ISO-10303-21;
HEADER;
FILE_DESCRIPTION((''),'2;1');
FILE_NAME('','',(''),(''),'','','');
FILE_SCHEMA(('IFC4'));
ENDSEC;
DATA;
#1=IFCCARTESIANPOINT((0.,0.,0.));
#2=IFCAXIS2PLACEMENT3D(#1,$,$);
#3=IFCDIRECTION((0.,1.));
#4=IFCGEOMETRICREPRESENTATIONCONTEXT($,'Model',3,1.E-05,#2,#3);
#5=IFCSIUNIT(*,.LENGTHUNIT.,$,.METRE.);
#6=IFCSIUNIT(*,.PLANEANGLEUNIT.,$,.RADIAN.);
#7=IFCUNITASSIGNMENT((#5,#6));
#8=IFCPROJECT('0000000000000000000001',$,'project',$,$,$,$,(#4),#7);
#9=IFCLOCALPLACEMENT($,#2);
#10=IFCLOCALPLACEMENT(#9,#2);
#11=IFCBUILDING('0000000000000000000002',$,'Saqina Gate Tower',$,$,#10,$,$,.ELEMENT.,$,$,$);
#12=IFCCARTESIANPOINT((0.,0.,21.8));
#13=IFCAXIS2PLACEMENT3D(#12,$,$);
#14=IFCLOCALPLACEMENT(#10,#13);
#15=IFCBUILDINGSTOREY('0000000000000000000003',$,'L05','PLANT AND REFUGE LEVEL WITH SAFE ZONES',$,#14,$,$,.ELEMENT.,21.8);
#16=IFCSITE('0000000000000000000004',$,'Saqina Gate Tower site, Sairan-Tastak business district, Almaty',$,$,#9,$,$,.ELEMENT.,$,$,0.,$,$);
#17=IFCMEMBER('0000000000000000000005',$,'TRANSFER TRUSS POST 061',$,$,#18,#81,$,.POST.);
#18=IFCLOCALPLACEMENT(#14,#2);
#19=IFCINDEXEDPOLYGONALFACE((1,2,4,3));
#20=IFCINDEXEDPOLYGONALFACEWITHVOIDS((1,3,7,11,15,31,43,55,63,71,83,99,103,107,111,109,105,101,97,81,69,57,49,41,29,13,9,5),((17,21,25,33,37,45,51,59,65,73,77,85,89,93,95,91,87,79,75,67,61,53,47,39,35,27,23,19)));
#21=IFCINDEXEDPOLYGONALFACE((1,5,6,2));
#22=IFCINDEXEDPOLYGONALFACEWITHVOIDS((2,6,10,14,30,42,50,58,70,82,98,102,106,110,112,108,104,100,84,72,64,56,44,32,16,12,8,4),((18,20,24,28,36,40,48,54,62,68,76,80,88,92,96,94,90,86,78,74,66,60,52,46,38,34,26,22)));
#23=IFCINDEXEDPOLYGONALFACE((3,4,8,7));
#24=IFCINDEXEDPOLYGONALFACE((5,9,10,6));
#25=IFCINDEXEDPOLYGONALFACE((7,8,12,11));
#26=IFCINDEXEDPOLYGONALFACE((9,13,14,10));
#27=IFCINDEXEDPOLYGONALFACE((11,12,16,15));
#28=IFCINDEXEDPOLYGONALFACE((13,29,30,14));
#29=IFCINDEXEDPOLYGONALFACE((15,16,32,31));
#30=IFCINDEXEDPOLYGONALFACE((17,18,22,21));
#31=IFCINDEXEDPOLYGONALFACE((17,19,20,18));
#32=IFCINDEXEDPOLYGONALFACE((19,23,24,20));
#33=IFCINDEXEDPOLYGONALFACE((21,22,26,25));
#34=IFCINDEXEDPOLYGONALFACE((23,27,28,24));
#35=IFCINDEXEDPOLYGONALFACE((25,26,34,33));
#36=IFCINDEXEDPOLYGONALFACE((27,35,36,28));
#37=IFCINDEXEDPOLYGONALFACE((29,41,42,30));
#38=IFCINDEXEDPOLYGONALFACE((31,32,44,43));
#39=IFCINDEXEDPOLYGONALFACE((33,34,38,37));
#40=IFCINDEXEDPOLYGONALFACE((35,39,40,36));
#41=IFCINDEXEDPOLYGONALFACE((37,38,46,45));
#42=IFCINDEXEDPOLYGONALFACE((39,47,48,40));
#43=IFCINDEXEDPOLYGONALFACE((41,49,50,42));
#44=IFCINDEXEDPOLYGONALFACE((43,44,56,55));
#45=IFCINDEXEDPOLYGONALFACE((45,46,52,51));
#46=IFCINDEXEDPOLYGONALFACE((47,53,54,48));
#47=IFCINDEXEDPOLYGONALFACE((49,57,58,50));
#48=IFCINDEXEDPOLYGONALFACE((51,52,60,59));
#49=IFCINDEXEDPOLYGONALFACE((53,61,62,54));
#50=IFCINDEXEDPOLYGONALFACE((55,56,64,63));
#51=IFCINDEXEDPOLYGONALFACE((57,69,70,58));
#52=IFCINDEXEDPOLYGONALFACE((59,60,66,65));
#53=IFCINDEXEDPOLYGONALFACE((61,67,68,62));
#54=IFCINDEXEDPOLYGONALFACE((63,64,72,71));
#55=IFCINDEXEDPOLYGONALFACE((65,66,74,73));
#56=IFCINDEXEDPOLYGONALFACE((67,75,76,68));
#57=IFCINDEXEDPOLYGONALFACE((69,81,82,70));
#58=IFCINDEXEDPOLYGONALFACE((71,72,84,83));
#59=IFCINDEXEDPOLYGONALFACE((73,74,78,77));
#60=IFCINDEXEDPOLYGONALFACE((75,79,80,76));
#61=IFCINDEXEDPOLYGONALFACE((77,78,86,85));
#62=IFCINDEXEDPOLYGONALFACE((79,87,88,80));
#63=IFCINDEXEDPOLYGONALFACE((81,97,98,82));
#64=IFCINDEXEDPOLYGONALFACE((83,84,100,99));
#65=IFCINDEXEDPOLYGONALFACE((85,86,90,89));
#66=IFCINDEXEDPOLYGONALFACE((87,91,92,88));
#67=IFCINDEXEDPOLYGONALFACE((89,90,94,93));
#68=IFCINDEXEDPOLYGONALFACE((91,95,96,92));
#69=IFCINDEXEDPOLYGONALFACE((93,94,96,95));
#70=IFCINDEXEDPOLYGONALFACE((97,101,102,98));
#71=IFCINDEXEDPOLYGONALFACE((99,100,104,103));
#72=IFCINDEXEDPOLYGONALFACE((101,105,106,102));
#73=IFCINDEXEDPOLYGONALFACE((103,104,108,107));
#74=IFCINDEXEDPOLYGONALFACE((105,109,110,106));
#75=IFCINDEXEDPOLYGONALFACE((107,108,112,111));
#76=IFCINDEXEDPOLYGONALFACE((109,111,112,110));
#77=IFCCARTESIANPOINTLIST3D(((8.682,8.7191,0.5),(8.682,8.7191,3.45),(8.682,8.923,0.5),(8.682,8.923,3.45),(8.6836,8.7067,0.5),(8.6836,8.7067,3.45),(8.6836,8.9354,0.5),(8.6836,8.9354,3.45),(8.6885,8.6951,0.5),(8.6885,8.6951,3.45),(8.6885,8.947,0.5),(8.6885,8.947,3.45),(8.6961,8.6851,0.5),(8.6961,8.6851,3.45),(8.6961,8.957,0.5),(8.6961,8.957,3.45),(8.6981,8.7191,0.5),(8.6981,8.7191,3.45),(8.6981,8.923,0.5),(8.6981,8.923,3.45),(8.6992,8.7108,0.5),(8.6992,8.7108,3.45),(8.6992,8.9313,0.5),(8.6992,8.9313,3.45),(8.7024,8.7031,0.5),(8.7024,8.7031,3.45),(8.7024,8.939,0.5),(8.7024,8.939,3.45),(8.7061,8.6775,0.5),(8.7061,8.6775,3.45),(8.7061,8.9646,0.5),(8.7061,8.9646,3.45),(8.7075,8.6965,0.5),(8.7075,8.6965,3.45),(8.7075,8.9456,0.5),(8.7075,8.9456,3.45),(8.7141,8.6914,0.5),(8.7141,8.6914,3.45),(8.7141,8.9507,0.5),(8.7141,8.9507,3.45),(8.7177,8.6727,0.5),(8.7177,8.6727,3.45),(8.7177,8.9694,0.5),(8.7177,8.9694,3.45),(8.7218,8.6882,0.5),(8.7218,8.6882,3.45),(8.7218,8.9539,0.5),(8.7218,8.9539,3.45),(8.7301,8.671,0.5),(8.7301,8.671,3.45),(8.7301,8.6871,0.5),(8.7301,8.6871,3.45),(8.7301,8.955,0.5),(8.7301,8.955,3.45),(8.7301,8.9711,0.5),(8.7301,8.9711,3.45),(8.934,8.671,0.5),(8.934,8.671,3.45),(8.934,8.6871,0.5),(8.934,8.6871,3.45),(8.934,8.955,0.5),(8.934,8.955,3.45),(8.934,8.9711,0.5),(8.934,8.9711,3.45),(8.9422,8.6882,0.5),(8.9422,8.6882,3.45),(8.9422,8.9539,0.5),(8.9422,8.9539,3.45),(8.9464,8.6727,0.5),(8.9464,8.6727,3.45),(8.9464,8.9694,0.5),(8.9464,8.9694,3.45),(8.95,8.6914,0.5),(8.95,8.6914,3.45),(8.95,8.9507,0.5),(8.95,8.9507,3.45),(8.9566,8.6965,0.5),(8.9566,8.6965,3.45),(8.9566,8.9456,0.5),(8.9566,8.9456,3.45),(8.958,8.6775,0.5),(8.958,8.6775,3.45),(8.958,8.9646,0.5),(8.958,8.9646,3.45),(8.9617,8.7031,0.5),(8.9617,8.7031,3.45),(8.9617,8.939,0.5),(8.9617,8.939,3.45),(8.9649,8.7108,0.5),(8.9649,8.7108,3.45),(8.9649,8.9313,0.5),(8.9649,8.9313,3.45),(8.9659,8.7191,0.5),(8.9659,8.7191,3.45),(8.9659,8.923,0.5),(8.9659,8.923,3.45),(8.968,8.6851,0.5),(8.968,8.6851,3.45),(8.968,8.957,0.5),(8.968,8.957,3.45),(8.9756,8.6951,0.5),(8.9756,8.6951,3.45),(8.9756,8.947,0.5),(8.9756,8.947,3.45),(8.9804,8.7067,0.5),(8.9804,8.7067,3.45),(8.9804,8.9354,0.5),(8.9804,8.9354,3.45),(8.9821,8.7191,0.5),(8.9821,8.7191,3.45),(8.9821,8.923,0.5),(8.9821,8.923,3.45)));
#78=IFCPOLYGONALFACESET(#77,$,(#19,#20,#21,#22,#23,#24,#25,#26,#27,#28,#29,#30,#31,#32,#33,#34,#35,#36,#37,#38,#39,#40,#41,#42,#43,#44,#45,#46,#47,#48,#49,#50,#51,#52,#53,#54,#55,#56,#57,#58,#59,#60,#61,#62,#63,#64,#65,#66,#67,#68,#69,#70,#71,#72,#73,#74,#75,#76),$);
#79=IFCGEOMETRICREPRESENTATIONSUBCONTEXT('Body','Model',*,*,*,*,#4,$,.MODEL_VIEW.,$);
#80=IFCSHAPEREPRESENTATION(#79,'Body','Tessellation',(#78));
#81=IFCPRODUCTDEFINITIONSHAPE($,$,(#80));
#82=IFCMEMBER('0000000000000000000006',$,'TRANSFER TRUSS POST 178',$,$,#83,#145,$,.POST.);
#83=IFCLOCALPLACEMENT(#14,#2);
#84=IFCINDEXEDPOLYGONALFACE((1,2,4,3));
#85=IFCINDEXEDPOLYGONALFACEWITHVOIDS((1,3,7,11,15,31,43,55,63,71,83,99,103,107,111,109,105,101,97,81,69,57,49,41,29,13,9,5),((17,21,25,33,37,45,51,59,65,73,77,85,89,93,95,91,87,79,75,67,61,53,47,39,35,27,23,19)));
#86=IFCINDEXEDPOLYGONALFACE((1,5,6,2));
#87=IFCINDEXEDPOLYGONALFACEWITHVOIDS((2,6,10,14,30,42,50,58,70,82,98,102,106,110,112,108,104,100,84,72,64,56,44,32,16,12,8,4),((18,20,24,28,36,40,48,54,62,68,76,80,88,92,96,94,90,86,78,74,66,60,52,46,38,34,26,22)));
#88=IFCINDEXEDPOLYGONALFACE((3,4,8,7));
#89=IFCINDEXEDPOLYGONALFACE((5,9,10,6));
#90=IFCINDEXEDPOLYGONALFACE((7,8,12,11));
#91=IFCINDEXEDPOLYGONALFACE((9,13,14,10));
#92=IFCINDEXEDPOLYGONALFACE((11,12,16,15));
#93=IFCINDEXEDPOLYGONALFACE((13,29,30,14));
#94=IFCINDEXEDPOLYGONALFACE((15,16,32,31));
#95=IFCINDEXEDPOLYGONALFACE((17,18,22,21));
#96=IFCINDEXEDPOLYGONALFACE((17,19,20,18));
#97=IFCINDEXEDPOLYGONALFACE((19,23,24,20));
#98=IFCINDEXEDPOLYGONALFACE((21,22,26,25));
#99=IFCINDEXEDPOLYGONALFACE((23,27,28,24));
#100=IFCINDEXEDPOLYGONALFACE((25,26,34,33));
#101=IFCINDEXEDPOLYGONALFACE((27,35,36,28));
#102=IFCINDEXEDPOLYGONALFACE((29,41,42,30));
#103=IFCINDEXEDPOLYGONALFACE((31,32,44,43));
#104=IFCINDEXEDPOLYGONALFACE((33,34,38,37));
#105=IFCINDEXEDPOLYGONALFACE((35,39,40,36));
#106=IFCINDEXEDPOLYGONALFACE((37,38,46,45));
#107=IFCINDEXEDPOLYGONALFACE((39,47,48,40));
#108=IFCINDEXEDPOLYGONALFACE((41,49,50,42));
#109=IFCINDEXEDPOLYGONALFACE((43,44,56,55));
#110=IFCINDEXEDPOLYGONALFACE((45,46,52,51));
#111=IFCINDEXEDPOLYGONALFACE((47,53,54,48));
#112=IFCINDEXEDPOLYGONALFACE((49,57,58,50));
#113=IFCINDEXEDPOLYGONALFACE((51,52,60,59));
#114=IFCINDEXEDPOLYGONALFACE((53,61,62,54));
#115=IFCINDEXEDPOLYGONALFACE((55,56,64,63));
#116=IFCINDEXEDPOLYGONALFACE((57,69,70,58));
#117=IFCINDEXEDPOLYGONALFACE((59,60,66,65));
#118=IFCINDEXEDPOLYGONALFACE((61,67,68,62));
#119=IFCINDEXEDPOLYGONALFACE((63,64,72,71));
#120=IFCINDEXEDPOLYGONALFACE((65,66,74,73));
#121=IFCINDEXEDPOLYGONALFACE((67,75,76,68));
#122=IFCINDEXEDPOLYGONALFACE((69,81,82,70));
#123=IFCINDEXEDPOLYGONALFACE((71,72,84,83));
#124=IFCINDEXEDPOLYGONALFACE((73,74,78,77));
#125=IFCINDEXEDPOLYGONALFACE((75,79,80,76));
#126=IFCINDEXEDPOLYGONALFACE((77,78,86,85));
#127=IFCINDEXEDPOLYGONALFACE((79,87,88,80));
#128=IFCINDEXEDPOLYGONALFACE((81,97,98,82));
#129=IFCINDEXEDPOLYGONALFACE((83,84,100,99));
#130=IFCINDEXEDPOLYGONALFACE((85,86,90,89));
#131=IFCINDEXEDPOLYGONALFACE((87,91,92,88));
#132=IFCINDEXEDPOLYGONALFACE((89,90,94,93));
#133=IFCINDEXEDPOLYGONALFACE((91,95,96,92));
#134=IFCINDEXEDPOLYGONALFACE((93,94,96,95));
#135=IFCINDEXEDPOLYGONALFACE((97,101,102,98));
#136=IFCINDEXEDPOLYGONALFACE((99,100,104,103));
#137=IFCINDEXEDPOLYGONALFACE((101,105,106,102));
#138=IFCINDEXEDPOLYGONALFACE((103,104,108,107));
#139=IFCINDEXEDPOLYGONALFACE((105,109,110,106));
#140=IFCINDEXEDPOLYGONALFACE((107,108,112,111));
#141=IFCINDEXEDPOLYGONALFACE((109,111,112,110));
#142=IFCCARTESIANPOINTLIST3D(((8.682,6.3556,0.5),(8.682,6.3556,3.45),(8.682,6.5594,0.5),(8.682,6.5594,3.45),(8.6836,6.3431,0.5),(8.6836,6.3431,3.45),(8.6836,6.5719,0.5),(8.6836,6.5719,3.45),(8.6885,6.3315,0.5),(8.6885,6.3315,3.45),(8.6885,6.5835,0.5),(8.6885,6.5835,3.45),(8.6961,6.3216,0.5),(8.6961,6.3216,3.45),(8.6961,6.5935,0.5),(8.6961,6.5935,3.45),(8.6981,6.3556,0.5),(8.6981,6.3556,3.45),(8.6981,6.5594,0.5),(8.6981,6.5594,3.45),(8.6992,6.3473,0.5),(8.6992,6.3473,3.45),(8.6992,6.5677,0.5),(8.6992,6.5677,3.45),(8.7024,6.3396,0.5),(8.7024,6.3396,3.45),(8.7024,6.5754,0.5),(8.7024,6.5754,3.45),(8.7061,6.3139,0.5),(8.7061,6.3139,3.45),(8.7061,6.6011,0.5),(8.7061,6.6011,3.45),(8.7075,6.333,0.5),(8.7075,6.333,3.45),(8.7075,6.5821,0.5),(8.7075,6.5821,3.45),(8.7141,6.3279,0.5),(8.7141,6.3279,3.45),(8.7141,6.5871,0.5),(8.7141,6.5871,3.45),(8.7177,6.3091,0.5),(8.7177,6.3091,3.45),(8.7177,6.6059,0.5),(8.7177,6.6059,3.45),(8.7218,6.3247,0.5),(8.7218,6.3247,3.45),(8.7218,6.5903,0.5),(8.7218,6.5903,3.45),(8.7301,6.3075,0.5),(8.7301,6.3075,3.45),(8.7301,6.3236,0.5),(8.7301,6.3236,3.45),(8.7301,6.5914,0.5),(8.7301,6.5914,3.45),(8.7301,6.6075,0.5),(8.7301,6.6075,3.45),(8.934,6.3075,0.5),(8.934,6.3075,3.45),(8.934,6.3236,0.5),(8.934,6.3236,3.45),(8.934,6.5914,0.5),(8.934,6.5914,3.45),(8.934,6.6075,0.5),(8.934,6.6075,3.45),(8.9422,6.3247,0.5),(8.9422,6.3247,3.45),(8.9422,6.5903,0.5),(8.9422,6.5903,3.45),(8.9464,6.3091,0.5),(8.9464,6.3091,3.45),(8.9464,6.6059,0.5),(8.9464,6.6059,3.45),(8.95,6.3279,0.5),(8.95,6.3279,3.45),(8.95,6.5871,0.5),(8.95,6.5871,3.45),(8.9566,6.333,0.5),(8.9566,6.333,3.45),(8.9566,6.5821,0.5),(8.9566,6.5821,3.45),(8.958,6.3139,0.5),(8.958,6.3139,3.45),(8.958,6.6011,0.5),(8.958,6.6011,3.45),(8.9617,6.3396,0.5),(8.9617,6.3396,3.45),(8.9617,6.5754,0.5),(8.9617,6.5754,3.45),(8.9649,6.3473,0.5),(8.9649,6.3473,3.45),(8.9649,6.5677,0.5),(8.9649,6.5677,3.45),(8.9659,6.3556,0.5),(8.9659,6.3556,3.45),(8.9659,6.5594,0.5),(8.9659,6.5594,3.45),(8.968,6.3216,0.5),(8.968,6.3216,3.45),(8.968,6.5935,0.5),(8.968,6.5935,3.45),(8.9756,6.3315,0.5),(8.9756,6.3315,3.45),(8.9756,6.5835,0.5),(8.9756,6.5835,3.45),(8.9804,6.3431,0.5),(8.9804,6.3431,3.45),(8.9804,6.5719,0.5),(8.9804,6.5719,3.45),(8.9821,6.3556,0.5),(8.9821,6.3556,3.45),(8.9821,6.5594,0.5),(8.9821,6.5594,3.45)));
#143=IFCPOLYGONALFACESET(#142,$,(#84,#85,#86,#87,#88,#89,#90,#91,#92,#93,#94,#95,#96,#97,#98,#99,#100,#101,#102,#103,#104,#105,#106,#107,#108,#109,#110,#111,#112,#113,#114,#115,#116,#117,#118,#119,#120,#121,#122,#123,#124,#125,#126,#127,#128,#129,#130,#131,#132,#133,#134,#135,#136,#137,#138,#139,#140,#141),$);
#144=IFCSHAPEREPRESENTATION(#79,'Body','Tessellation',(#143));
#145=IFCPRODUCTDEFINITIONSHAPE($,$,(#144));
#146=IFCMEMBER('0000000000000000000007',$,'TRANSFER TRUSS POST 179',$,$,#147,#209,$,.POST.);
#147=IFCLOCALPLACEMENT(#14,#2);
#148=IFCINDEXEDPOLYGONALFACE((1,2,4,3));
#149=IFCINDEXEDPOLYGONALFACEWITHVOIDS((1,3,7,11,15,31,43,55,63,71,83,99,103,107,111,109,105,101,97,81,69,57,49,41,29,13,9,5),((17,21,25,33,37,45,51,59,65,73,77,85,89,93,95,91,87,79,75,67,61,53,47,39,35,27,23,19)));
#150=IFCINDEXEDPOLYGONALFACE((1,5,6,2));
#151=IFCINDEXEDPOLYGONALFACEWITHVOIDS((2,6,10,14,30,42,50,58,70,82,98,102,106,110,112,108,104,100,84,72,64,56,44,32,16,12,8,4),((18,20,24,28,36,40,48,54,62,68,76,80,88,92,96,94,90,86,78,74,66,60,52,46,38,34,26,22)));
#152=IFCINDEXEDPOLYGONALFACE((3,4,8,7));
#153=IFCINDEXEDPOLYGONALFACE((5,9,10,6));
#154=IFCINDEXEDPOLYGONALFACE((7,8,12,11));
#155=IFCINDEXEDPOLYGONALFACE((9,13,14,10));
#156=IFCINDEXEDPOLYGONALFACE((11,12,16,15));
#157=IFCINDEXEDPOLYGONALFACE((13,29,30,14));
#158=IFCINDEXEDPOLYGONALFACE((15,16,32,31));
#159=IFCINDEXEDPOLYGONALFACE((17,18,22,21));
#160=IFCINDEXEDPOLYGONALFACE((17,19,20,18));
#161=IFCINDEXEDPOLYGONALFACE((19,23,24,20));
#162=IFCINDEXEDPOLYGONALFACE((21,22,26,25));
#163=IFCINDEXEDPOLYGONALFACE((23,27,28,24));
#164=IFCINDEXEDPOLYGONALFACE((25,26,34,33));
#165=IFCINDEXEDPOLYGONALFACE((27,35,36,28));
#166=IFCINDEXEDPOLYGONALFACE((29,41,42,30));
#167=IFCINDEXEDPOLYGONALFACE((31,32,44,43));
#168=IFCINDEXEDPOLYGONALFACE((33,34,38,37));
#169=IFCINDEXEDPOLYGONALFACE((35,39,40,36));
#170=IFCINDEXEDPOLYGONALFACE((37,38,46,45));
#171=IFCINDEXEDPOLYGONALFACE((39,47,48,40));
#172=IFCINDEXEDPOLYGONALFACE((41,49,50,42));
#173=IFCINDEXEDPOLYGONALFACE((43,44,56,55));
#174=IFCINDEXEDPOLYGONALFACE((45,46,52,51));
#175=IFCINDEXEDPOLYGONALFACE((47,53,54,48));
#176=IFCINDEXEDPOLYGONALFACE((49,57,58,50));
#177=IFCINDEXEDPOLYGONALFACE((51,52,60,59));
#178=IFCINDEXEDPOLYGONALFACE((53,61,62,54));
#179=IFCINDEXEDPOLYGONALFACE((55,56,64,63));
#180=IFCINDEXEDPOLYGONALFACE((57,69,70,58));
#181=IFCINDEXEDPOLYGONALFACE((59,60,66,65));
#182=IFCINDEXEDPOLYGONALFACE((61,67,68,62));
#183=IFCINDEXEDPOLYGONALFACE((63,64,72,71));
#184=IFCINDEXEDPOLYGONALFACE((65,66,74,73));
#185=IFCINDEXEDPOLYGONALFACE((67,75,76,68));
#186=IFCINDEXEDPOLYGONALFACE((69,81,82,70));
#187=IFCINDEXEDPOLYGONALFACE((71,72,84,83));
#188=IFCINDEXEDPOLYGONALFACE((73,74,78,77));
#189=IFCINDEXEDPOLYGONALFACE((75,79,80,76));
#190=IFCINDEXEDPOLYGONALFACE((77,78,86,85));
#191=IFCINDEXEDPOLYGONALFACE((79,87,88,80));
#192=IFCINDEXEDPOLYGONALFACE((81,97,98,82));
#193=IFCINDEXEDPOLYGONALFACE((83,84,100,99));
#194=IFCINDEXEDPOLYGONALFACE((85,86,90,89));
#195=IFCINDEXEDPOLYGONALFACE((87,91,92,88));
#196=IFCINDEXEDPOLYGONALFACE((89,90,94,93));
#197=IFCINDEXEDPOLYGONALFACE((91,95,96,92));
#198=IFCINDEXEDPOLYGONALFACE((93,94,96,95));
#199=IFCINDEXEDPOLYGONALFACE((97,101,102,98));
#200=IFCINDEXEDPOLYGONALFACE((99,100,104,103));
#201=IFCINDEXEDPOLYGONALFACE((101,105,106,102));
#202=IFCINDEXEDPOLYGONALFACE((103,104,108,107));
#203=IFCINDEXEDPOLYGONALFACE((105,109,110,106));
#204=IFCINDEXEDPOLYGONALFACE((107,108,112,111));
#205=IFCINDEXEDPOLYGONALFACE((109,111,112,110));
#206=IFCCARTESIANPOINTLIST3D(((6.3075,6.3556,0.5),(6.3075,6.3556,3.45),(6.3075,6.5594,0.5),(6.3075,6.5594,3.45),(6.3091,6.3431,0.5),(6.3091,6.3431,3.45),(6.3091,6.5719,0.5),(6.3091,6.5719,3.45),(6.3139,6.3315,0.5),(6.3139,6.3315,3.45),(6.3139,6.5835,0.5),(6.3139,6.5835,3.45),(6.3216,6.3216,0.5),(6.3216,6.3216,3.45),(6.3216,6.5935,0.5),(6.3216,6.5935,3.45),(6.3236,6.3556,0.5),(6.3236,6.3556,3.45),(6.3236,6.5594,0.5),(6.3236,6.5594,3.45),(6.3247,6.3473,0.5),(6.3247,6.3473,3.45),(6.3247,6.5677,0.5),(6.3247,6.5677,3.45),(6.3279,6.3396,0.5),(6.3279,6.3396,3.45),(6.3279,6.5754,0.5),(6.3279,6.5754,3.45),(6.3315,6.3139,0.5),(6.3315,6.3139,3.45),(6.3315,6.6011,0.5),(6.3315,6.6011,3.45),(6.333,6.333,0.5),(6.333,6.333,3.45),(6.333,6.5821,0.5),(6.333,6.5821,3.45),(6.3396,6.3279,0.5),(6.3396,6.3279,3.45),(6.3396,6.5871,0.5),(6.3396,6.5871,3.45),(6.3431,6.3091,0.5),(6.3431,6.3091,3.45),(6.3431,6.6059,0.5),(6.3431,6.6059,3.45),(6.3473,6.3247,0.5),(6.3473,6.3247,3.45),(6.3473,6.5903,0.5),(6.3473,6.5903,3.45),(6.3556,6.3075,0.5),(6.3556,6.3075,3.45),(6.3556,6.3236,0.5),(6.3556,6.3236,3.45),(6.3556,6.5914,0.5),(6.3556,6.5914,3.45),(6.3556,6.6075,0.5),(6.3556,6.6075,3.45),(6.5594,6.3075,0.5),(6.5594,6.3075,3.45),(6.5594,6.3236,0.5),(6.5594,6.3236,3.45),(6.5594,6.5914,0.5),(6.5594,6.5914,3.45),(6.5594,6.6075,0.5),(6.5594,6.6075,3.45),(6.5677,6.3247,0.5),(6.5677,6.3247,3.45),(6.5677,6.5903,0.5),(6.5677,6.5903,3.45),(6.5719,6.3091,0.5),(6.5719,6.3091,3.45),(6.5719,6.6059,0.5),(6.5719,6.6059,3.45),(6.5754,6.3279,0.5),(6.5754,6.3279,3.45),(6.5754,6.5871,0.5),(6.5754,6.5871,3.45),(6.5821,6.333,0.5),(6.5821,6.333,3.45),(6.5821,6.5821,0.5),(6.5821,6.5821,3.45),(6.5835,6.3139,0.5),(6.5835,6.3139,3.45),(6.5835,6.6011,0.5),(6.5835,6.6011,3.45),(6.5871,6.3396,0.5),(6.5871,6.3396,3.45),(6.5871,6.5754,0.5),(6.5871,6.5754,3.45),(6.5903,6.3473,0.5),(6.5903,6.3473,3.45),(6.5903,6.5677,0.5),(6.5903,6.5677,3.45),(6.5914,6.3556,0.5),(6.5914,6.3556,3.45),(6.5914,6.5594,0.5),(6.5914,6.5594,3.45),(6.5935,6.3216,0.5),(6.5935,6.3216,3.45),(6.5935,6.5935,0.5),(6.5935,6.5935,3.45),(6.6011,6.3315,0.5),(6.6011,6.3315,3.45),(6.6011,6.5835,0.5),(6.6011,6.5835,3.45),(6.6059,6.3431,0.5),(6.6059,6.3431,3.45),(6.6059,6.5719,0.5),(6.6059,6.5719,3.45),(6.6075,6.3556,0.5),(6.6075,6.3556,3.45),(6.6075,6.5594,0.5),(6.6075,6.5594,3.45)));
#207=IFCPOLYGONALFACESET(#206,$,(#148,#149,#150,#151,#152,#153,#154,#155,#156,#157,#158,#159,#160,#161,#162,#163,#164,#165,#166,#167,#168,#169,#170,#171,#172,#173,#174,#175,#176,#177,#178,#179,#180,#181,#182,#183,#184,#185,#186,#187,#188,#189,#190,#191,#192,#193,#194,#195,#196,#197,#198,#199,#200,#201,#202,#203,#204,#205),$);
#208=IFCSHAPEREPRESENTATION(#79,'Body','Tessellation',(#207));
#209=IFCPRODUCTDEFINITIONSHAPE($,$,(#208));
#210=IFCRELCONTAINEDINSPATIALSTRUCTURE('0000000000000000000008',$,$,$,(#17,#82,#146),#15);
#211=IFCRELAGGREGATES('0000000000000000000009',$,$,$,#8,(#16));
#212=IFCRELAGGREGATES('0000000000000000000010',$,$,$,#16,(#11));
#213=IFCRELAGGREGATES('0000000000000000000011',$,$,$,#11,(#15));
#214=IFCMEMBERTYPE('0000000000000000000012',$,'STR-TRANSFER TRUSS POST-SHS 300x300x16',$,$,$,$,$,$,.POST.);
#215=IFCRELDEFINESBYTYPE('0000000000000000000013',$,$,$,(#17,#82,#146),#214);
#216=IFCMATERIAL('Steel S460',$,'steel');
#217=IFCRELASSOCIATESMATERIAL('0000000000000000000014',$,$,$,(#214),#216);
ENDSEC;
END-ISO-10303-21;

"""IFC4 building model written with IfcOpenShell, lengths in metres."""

from ifc_helpers import new_model, si_unit, direction, frame, origin, origin_2d, place, context, subcontext, project, spatial, hollow_rectangle, extrude, material, material_profile, profile_set, type_object, element, save


model = new_model("IFC4")

# Units and contexts
model_context = context("Model", 3, precision=1e-05, world=origin(), true_north=direction((0.0, 1.0)))
body_context = subcontext(model_context, "Body", "Model", "MODEL_VIEW")
ifc_project = project(units=[si_unit("LENGTHUNIT", "METRE"), si_unit("PLANEANGLEUNIT", "RADIAN")], contexts=[model_context])

# Site, building, storey
site_placement = place(None, origin())
site = spatial("IfcSite", under=ifc_project, at=site_placement, Name="Saqina Gate Tower site, Sairan-Tastak business district, Almaty", CompositionType="ELEMENT", RefElevation=0.0)
building_placement = place(site_placement, origin())
building = spatial("IfcBuilding", under=site, at=building_placement, Name="Saqina Gate Tower", CompositionType="ELEMENT")
storey_placement = place(building_placement, frame((0.0, 0.0, 21.8)))
storey = spatial("IfcBuildingStorey", under=building, at=storey_placement, Name="L05", Description="PLANT AND REFUGE LEVEL WITH SAFE ZONES", CompositionType="ELEMENT", Elevation=21.8)

# Members
ifc_material_1 = material(Name="Steel S460", Category="steel")
ifc_material_profile_1 = material_profile(ifc_material_1, hollow_rectangle(XDim=0.3, YDim=0.3, WallThickness=0.0161, InnerFilletRadius=0.032, OuterFilletRadius=0.0481, at=origin_2d()), Name="SHS 300x300x16")
ifc_profile_set_1 = profile_set([ifc_material_profile_1], Name="Steel S460")
member_type_1 = type_object("IfcMemberType", Name="STR-TRANSFER TRUSS POST-SHS 300x300x16", PredefinedType="POST", material=ifc_profile_set_1)
for number, where, z_axis, x_axis, name in (
    (1, (8.832, 8.821, 0.5), (0.0, 0.0, 1.0), (1.0, 0.0, 0.0), "TRANSFER TRUSS POST 061"),
    (2, (8.832, 6.4575, 0.5), (0.0, 0.0, 1.0), (1.0, 0.0, 0.0), "TRANSFER TRUSS POST 178"),
    (3, (6.4575, 6.4575, 0.5), (0.0, 0.0, 1.0), (1.0, 0.0, 0.0), "TRANSFER TRUSS POST 179"),
):
    element("IfcMember", number, at=place(storey_placement, frame(where, z_axis=z_axis, x_axis=x_axis)), inside=storey, type_object=member_type_1, Name=name, PredefinedType="POST", context=body_context, shape_type="SweptSolid", body=[
        extrude(hollow_rectangle(XDim=0.3, YDim=0.3, WallThickness=0.0161, InnerFilletRadius=0.032, OuterFilletRadius=0.0481, at=origin_2d()), origin(), (0.0, 0.0, 1.0), 2.95),
    ])

save(model, "model.ifc")
